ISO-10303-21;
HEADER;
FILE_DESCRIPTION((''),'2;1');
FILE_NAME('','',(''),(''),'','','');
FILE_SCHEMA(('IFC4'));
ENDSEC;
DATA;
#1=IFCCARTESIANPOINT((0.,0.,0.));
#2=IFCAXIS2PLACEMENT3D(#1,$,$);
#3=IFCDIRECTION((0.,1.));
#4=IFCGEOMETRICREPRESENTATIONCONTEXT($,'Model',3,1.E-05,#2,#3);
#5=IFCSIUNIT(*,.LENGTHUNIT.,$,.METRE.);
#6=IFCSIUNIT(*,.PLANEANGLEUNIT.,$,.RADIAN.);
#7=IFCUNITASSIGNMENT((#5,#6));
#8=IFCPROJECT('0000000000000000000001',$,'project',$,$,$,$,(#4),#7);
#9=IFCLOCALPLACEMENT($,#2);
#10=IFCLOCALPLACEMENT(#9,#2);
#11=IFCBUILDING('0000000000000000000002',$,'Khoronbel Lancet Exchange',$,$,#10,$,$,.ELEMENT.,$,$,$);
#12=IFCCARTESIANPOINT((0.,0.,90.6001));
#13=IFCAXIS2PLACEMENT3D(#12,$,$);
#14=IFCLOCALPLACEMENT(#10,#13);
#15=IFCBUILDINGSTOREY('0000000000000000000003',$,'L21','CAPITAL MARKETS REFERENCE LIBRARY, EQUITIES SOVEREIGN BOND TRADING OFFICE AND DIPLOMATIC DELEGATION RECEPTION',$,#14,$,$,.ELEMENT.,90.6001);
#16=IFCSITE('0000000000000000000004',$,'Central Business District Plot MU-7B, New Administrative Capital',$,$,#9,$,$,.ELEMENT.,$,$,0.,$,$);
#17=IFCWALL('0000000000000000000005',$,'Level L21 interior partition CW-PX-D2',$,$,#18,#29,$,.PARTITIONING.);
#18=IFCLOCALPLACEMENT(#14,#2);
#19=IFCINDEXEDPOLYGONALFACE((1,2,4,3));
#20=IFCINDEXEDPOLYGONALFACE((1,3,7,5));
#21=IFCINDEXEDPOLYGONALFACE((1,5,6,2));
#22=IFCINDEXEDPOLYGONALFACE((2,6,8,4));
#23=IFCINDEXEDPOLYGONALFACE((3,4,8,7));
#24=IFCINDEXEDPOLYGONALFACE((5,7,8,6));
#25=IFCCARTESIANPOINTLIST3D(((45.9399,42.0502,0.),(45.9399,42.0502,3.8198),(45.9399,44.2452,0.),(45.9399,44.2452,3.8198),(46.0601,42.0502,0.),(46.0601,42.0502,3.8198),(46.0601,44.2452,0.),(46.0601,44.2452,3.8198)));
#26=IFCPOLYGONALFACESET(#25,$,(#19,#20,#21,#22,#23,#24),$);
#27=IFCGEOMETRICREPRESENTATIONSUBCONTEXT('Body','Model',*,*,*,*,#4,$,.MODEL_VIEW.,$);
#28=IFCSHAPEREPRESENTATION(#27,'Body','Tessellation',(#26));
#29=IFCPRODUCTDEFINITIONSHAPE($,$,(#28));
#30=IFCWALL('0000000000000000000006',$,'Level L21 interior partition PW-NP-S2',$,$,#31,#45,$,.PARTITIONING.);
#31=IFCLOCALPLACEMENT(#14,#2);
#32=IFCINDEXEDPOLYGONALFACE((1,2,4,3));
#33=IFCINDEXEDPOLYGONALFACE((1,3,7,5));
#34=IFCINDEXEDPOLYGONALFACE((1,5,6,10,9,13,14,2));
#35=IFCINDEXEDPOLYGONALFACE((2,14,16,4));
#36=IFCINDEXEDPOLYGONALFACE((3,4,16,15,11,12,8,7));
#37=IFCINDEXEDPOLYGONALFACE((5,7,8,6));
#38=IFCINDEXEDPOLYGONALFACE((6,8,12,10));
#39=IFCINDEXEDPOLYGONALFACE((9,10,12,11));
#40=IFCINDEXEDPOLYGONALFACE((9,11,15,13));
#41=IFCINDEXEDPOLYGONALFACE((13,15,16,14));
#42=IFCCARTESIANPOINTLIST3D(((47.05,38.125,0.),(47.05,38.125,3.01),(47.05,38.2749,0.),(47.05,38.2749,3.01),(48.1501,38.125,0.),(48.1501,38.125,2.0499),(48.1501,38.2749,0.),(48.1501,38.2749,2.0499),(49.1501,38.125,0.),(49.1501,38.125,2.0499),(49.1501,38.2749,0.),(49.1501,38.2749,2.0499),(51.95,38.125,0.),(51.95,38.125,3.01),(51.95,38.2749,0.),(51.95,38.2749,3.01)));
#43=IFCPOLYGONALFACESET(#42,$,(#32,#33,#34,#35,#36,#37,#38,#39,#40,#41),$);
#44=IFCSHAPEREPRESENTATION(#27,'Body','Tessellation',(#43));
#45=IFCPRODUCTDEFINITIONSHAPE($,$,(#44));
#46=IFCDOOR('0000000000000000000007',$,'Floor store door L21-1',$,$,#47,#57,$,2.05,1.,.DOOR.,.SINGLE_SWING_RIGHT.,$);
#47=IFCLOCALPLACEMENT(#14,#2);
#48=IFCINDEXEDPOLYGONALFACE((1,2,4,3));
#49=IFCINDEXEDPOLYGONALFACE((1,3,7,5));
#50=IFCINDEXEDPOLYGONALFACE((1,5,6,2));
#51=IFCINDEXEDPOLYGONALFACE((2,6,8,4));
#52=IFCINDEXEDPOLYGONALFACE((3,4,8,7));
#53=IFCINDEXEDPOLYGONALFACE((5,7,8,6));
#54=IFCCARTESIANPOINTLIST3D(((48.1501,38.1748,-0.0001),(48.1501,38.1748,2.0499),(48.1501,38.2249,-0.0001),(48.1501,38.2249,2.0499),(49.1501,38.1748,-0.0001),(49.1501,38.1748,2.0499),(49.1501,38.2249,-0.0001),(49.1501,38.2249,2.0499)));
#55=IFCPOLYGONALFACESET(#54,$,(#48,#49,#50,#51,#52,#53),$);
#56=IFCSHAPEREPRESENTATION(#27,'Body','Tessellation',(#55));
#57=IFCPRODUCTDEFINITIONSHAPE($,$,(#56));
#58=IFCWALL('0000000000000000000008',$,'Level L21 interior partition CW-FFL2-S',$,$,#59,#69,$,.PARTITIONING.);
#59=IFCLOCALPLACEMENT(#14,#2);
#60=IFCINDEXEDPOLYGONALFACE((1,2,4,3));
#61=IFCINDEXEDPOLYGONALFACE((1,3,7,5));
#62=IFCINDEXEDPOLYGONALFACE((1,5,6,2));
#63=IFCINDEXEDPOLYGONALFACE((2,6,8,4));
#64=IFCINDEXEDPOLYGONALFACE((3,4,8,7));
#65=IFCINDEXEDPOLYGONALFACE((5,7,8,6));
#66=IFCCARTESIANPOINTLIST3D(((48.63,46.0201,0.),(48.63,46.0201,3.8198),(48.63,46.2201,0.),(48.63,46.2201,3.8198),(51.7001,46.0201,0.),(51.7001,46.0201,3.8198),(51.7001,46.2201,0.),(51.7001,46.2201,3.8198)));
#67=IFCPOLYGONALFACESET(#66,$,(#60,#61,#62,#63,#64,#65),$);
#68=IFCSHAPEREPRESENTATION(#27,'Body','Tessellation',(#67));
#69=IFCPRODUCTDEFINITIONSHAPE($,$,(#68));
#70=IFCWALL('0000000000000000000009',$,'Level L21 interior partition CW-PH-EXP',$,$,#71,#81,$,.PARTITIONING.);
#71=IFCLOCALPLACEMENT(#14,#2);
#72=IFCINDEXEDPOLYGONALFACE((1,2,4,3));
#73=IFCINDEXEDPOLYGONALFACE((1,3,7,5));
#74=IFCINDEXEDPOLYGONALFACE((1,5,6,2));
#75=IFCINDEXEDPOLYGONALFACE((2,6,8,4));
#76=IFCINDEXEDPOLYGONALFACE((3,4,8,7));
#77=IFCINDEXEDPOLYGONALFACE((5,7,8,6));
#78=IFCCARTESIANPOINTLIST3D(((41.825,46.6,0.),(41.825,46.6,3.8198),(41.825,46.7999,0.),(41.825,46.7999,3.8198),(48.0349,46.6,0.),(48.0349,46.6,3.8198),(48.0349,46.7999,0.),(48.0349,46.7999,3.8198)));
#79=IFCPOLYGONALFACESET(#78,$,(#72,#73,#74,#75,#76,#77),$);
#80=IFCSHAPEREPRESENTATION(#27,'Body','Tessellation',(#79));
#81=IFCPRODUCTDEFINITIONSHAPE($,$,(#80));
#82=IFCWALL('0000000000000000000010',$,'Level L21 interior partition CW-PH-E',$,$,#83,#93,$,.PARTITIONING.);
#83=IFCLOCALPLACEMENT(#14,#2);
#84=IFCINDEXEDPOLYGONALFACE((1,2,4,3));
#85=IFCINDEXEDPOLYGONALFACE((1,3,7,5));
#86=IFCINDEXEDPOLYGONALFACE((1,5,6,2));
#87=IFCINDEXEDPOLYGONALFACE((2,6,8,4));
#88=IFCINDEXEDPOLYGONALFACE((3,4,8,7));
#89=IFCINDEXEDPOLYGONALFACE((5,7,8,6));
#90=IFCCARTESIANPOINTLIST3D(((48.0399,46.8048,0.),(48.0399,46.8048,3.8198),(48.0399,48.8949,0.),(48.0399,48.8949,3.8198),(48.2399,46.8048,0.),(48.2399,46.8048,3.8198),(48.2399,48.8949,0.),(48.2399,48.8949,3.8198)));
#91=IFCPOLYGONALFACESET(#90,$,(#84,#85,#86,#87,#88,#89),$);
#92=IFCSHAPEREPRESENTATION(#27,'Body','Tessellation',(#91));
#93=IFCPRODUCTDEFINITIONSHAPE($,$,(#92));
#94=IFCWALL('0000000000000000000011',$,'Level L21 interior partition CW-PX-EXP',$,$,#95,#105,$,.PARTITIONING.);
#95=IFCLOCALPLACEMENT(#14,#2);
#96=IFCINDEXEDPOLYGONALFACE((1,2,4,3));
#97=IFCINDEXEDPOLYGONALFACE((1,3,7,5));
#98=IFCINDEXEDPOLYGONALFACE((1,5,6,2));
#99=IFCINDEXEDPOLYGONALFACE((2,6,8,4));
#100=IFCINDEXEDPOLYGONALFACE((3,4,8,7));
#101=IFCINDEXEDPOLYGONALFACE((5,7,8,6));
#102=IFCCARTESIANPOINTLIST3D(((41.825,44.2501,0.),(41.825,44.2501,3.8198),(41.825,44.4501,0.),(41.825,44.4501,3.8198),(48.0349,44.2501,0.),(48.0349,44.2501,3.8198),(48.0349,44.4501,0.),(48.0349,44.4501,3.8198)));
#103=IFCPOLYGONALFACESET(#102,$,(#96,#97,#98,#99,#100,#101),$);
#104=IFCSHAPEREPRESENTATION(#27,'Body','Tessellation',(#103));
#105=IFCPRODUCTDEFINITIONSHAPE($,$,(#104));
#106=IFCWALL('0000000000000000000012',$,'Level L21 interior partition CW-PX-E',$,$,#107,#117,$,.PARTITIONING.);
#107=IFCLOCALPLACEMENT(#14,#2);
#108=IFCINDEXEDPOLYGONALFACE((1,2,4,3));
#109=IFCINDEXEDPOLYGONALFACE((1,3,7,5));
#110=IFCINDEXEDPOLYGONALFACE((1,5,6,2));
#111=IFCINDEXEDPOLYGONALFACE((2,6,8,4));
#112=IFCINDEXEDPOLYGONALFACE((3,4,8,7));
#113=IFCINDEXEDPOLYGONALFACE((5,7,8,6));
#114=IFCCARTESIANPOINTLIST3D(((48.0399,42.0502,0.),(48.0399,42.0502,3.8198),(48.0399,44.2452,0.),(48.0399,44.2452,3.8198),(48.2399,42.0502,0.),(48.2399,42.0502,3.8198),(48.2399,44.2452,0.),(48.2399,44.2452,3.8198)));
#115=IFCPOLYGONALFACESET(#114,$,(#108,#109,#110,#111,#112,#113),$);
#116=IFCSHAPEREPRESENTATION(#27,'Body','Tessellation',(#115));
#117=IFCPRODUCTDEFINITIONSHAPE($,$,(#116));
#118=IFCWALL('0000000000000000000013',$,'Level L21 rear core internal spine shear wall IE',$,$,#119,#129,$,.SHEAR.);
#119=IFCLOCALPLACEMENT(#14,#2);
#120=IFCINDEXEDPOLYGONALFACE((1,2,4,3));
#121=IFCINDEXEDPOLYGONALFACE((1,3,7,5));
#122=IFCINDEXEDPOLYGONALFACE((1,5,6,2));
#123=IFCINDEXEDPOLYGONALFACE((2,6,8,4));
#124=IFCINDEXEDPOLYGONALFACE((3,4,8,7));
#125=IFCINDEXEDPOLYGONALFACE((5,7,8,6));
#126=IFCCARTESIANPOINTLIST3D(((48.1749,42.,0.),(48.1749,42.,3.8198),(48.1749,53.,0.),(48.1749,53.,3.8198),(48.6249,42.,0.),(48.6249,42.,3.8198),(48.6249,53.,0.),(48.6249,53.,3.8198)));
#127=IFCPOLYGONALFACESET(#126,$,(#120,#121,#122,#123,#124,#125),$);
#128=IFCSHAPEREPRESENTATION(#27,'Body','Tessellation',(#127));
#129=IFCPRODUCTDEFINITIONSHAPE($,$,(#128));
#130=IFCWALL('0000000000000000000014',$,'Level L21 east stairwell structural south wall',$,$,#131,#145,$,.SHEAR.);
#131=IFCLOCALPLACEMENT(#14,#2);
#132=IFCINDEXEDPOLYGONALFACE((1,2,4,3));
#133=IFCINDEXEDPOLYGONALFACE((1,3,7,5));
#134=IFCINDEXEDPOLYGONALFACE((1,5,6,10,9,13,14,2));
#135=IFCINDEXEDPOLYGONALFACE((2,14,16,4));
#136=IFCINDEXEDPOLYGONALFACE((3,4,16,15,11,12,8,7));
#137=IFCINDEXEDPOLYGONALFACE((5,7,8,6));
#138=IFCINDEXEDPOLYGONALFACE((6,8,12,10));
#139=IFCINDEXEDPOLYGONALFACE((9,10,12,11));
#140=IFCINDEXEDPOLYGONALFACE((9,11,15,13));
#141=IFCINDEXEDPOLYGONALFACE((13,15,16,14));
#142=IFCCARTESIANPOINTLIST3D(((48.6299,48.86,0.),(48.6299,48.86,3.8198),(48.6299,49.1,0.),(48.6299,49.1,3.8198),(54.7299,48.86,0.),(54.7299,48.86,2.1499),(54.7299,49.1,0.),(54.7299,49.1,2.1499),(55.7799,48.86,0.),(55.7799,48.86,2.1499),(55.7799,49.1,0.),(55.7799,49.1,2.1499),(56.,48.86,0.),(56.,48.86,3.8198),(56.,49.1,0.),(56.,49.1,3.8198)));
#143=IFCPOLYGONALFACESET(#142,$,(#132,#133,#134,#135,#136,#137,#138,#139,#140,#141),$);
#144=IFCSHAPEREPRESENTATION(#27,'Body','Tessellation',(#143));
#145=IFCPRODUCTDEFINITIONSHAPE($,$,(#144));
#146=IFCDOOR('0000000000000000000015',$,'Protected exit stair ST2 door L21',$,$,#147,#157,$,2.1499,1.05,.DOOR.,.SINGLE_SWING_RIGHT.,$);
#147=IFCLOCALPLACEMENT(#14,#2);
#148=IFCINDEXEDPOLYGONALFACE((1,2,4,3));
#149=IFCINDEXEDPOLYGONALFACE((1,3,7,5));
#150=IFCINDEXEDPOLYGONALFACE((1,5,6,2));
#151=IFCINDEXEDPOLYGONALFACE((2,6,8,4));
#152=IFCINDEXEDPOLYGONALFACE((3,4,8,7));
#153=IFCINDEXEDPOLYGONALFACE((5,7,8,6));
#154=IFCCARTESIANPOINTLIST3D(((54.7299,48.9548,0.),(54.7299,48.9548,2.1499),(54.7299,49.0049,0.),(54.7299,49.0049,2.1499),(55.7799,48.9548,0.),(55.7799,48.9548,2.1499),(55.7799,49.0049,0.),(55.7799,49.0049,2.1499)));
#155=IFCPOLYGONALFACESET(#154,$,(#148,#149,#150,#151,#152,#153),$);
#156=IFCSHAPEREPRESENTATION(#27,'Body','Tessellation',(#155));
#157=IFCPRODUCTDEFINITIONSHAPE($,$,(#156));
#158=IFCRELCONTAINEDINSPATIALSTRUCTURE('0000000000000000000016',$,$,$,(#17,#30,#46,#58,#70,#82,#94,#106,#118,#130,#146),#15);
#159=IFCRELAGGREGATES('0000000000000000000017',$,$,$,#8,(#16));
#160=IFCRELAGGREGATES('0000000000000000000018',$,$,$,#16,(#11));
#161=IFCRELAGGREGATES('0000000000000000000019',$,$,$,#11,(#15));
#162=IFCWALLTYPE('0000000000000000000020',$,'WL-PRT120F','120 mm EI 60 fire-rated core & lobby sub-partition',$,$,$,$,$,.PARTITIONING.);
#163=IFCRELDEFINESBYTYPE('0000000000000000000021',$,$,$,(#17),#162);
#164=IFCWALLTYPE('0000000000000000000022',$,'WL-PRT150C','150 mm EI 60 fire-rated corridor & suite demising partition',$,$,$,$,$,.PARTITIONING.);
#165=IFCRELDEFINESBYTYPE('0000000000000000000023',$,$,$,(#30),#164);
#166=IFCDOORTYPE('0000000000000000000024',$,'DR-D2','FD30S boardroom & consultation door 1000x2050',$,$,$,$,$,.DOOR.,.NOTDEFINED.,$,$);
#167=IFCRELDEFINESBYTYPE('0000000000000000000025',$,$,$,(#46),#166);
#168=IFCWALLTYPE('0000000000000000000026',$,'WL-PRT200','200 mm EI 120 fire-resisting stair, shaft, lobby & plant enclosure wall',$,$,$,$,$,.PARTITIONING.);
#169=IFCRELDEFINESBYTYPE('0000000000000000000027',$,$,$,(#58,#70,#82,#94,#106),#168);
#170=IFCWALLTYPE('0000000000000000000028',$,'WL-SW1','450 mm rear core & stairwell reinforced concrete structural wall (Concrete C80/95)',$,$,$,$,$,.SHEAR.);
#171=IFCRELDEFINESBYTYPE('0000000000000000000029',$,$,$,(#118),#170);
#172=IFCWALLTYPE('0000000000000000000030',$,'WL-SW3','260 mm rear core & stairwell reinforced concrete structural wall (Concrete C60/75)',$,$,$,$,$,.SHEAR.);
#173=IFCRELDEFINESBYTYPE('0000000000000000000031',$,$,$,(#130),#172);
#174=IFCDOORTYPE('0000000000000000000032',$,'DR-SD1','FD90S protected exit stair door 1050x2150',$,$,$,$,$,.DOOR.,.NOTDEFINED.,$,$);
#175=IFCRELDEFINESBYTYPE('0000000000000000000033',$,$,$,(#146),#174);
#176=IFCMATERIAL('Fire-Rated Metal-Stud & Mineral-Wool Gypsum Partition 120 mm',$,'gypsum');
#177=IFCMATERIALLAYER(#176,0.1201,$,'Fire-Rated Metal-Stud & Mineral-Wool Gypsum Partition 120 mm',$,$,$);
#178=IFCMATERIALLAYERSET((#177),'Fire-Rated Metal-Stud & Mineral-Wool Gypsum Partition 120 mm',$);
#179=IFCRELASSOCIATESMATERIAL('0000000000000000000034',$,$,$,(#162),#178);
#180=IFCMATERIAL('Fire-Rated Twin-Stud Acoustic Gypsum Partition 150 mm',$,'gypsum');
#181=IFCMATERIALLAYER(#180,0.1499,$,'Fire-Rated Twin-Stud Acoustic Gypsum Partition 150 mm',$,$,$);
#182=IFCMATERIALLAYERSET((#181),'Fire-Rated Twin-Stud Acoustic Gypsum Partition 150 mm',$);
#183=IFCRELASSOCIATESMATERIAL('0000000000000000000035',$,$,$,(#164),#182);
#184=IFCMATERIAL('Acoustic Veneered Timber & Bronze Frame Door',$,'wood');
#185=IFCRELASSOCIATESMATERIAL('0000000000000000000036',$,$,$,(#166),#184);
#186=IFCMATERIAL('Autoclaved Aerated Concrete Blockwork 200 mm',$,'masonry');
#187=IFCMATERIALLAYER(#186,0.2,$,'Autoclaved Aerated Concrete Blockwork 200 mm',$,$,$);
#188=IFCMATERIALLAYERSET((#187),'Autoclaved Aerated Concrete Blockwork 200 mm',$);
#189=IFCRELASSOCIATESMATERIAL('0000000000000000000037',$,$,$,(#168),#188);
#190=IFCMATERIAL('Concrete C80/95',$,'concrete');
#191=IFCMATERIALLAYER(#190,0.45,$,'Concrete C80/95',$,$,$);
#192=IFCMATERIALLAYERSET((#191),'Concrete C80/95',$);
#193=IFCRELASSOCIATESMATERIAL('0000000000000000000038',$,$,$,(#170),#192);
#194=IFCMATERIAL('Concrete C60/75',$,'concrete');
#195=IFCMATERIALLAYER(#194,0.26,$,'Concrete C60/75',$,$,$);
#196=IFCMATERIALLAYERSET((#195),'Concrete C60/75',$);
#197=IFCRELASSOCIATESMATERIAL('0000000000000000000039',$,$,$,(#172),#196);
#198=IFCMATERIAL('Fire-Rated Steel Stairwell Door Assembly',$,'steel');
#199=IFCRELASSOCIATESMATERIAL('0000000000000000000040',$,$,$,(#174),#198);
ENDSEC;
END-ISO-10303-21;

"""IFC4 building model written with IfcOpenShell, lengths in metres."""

from ifc_helpers import new_model, si_unit, direction, frame, frame_2d, origin, place, context, subcontext, project, spatial, rectangle, extrude, material, layer, layer_set, type_object, element, fill, save


model = new_model("IFC4")

# Units and contexts
model_context = context("Model", 3, precision=1e-05, world=origin(), true_north=direction((0.0, 1.0)))
body_context = subcontext(model_context, "Body", "Model", "MODEL_VIEW")
ifc_project = project(units=[si_unit("LENGTHUNIT", "METRE"), si_unit("PLANEANGLEUNIT", "RADIAN")], contexts=[model_context])

# Site, building, storey
site_placement = place(None, origin())
site = spatial("IfcSite", under=ifc_project, at=site_placement, Name="Central Business District Plot MU-7B, New Administrative Capital", CompositionType="ELEMENT", RefElevation=0.0)
building_placement = place(site_placement, origin())
building = spatial("IfcBuilding", under=site, at=building_placement, Name="Khoronbel Lancet Exchange", CompositionType="ELEMENT")
storey_placement = place(building_placement, frame((0.0, 0.0, 90.6001)))
storey = spatial("IfcBuildingStorey", under=building, at=storey_placement, Name="L21", Description="CAPITAL MARKETS REFERENCE LIBRARY, EQUITIES SOVEREIGN BOND TRADING OFFICE AND DIPLOMATIC DELEGATION RECEPTION", CompositionType="ELEMENT", Elevation=90.6001)

# Wall
ifc_material_1 = material(Name="Fire-Rated Metal-Stud & Mineral-Wool Gypsum Partition 120 mm", Category="gypsum")
ifc_layer_1 = layer(ifc_material_1, 0.1201, Name="Fire-Rated Metal-Stud & Mineral-Wool Gypsum Partition 120 mm")
ifc_layer_set_1 = layer_set([ifc_layer_1], Name="Fire-Rated Metal-Stud & Mineral-Wool Gypsum Partition 120 mm")
wall_type_1 = type_object("IfcWallType", Name="WL-PRT120F", Description="120 mm EI 60 fire-rated core & lobby sub-partition", PredefinedType="PARTITIONING", material=ifc_layer_set_1)
for number, where, z_axis, x_axis, name in (
    (1, (46.0, 42.05, 0.0), (0.0, 0.0, 1.0), (0.0, 1.0, 0.0), "Level L21 interior partition CW-PX-D2"),
):
    element("IfcWall", number, at=place(storey_placement, frame(where, z_axis=z_axis, x_axis=x_axis)), inside=storey, type_object=wall_type_1, Name=name, PredefinedType="PARTITIONING", context=body_context, shape_type="SweptSolid", body=[
        extrude(rectangle(XDim=2.1951, YDim=0.1201, at=frame_2d((1.0977, 0.0))), origin(), (0.0, 0.0, 1.0), 3.8198),
    ])

# Wall, opening, door
ifc_material_2 = material(Name="Fire-Rated Twin-Stud Acoustic Gypsum Partition 150 mm", Category="gypsum")
ifc_layer_2 = layer(ifc_material_2, 0.1499, Name="Fire-Rated Twin-Stud Acoustic Gypsum Partition 150 mm")
ifc_layer_set_2 = layer_set([ifc_layer_2], Name="Fire-Rated Twin-Stud Acoustic Gypsum Partition 150 mm")
wall_type_2 = type_object("IfcWallType", Name="WL-PRT150C", Description="150 mm EI 60 fire-rated corridor & suite demising partition", PredefinedType="PARTITIONING", material=ifc_layer_set_2)
wall_1_placement = place(storey_placement, frame((47.05, 38.2, 0.0), z_axis=(0.0, 0.0, 1.0), x_axis=(1.0, 0.0, 0.0)))
wall_1 = element("IfcWall", 2, at=wall_1_placement, inside=storey, type_object=wall_type_2, Name="Level L21 interior partition PW-NP-S2", PredefinedType="PARTITIONING", context=body_context, shape_type="SweptSolid", body=[
    extrude(rectangle(XDim=4.8999, YDim=0.1499, at=frame_2d((2.45, 0.0))), origin(), (0.0, 0.0, 1.0), 3.01),
])
opening_1_placement = place(wall_1_placement, frame((1.1001, 0.0, 0.0)))
opening_1 = element("IfcOpeningElement", 3, at=opening_1_placement, cuts=wall_1, PredefinedType="OPENING", context=body_context, shape_type="SweptSolid", body=[
    extrude(rectangle(XDim=1.0, YDim=2.05, at=frame_2d((0.5, 1.0249))), frame((0.0, 0.085, 0.0), z_axis=(0.0, -1.0, 0.0), x_axis=(1.0, 0.0, 0.0)), (0.0, 0.0, 1.0), 0.1699),
])
ifc_material_3 = material(Name="Acoustic Veneered Timber & Bronze Frame Door", Category="wood")
door_type_1 = type_object("IfcDoorType", Name="DR-D2", Description="FD30S boardroom & consultation door 1000x2050", OperationType="NOTDEFINED", PredefinedType="DOOR", material=ifc_material_3)
door_1_placement = place(opening_1_placement, origin())
door_1 = element("IfcDoor", 4, at=door_1_placement, inside=storey, type_object=door_type_1, Name="Floor store door L21-1", OperationType="SINGLE_SWING_RIGHT", OverallHeight=2.05, OverallWidth=1.0, PredefinedType="DOOR", context=body_context, shape_type="SweptSolid", body=[
    extrude(rectangle(XDim=1.0, YDim=2.05, at=frame_2d((0.5, 1.0249))), frame((0.0, 0.0249, 0.0), z_axis=(0.0, -1.0, 0.0), x_axis=(1.0, 0.0, 0.0)), (0.0, 0.0, 1.0), 0.05),
])
fill(opening_1, door_1)

# Walls
ifc_material_4 = material(Name="Autoclaved Aerated Concrete Blockwork 200 mm", Category="masonry")
ifc_layer_3 = layer(ifc_material_4, 0.2, Name="Autoclaved Aerated Concrete Blockwork 200 mm")
ifc_layer_set_3 = layer_set([ifc_layer_3], Name="Autoclaved Aerated Concrete Blockwork 200 mm")
wall_type_3 = type_object("IfcWallType", Name="WL-PRT200", Description="200 mm EI 120 fire-resisting stair, shaft, lobby & plant enclosure wall", PredefinedType="PARTITIONING", material=ifc_layer_set_3)
wall_2_placement = place(storey_placement, frame((48.6299, 46.1201, 0.0), z_axis=(0.0, 0.0, 1.0), x_axis=(1.0, 0.0, 0.0)))
element("IfcWall", 5, at=wall_2_placement, inside=storey, type_object=wall_type_3, Name="Level L21 interior partition CW-FFL2-S", PredefinedType="PARTITIONING", context=body_context, shape_type="SweptSolid", body=[
    extrude(rectangle(XDim=3.0701, YDim=0.2, at=frame_2d((1.5352, 0.0))), origin(), (0.0, 0.0, 1.0), 3.8198),
])
wall_3_placement = place(storey_placement, frame((41.825, 46.7, 0.0), z_axis=(0.0, 0.0, 1.0), x_axis=(1.0, 0.0, 0.0)))
element("IfcWall", 6, at=wall_3_placement, inside=storey, type_object=wall_type_3, Name="Level L21 interior partition CW-PH-EXP", PredefinedType="PARTITIONING", context=body_context, shape_type="SweptSolid", body=[
    extrude(rectangle(XDim=6.21, YDim=0.2, at=frame_2d((3.105, 0.0))), origin(), (0.0, 0.0, 1.0), 3.8198),
])
wall_4_placement = place(storey_placement, frame((48.1399, 46.8049, 0.0), z_axis=(0.0, 0.0, 1.0), x_axis=(0.0, 1.0, 0.0)))
element("IfcWall", 7, at=wall_4_placement, inside=storey, type_object=wall_type_3, Name="Level L21 interior partition CW-PH-E", PredefinedType="PARTITIONING", context=body_context, shape_type="SweptSolid", body=[
    extrude(rectangle(XDim=2.0901, YDim=0.2, at=frame_2d((1.0449, 0.0))), origin(), (0.0, 0.0, 1.0), 3.8198),
])
wall_5_placement = place(storey_placement, frame((41.825, 44.3501, 0.0), z_axis=(0.0, 0.0, 1.0), x_axis=(1.0, 0.0, 0.0)))
element("IfcWall", 8, at=wall_5_placement, inside=storey, type_object=wall_type_3, Name="Level L21 interior partition CW-PX-EXP", PredefinedType="PARTITIONING", context=body_context, shape_type="SweptSolid", body=[
    extrude(rectangle(XDim=6.21, YDim=0.2, at=frame_2d((3.105, 0.0))), origin(), (0.0, 0.0, 1.0), 3.8198),
])
wall_6_placement = place(storey_placement, frame((48.1399, 42.05, 0.0), z_axis=(0.0, 0.0, 1.0), x_axis=(0.0, 1.0, 0.0)))
element("IfcWall", 9, at=wall_6_placement, inside=storey, type_object=wall_type_3, Name="Level L21 interior partition CW-PX-E", PredefinedType="PARTITIONING", context=body_context, shape_type="SweptSolid", body=[
    extrude(rectangle(XDim=2.1951, YDim=0.2, at=frame_2d((1.0977, 0.0))), origin(), (0.0, 0.0, 1.0), 3.8198),
])
ifc_material_5 = material(Name="Concrete C80/95", Category="concrete")
ifc_layer_4 = layer(ifc_material_5, 0.45, Name="Concrete C80/95")
ifc_layer_set_4 = layer_set([ifc_layer_4], Name="Concrete C80/95")
wall_type_4 = type_object("IfcWallType", Name="WL-SW1", Description="450 mm rear core & stairwell reinforced concrete structural wall (Concrete C80/95)", PredefinedType="SHEAR", material=ifc_layer_set_4)
wall_7_placement = place(storey_placement, frame((48.3999, 42.0, 0.0), z_axis=(0.0, 0.0, 1.0), x_axis=(0.0, 1.0, 0.0)))
element("IfcWall", 10, at=wall_7_placement, inside=storey, type_object=wall_type_4, Name="Level L21 rear core internal spine shear wall IE", PredefinedType="SHEAR", context=body_context, shape_type="SweptSolid", body=[
    extrude(rectangle(XDim=11.0, YDim=0.45, at=frame_2d((5.5, 0.0))), origin(), (0.0, 0.0, 1.0), 3.8198),
])

# Wall, opening, door
ifc_material_6 = material(Name="Concrete C60/75", Category="concrete")
ifc_layer_5 = layer(ifc_material_6, 0.26, Name="Concrete C60/75")
ifc_layer_set_5 = layer_set([ifc_layer_5], Name="Concrete C60/75")
wall_type_5 = type_object("IfcWallType", Name="WL-SW3", Description="260 mm rear core & stairwell reinforced concrete structural wall (Concrete C60/75)", PredefinedType="SHEAR", material=ifc_layer_set_5)
wall_8_placement = place(storey_placement, frame((48.6299, 48.98, 0.0), z_axis=(0.0, 0.0, 1.0), x_axis=(1.0, 0.0, 0.0)))
wall_8 = element("IfcWall", 11, at=wall_8_placement, inside=storey, type_object=wall_type_5, Name="Level L21 east stairwell structural south wall", PredefinedType="SHEAR", context=body_context, shape_type="SweptSolid", body=[
    extrude(rectangle(XDim=7.3701, YDim=0.24, at=frame_2d((3.6851, 0.0))), origin(), (0.0, 0.0, 1.0), 3.8198),
])
opening_2_placement = place(wall_8_placement, frame((6.1001, 0.0, 0.0)))
opening_2 = element("IfcOpeningElement", 12, at=opening_2_placement, cuts=wall_8, PredefinedType="OPENING", context=body_context, shape_type="SweptSolid", body=[
    extrude(rectangle(XDim=1.05, YDim=2.1499, at=frame_2d((0.5249, 1.075))), frame((0.0, 0.1299, 0.0), z_axis=(0.0, -1.0, 0.0), x_axis=(1.0, 0.0, 0.0)), (0.0, 0.0, 1.0), 0.26),
])
ifc_material_7 = material(Name="Fire-Rated Steel Stairwell Door Assembly", Category="steel")
door_type_2 = type_object("IfcDoorType", Name="DR-SD1", Description="FD90S protected exit stair door 1050x2150", OperationType="NOTDEFINED", PredefinedType="DOOR", material=ifc_material_7)
door_2_placement = place(opening_2_placement, origin())
door_2 = element("IfcDoor", 13, at=door_2_placement, inside=storey, type_object=door_type_2, Name="Protected exit stair ST2 door L21", OperationType="SINGLE_SWING_RIGHT", OverallHeight=2.1499, OverallWidth=1.05, PredefinedType="DOOR", context=body_context, shape_type="SweptSolid", body=[
    extrude(rectangle(XDim=1.05, YDim=2.1499, at=frame_2d((0.5249, 1.075))), frame((0.0, 0.0249, 0.0), z_axis=(0.0, -1.0, 0.0), x_axis=(1.0, 0.0, 0.0)), (0.0, 0.0, 1.0), 0.05),
])
fill(opening_2, door_2)

save(model, "model.ifc")
